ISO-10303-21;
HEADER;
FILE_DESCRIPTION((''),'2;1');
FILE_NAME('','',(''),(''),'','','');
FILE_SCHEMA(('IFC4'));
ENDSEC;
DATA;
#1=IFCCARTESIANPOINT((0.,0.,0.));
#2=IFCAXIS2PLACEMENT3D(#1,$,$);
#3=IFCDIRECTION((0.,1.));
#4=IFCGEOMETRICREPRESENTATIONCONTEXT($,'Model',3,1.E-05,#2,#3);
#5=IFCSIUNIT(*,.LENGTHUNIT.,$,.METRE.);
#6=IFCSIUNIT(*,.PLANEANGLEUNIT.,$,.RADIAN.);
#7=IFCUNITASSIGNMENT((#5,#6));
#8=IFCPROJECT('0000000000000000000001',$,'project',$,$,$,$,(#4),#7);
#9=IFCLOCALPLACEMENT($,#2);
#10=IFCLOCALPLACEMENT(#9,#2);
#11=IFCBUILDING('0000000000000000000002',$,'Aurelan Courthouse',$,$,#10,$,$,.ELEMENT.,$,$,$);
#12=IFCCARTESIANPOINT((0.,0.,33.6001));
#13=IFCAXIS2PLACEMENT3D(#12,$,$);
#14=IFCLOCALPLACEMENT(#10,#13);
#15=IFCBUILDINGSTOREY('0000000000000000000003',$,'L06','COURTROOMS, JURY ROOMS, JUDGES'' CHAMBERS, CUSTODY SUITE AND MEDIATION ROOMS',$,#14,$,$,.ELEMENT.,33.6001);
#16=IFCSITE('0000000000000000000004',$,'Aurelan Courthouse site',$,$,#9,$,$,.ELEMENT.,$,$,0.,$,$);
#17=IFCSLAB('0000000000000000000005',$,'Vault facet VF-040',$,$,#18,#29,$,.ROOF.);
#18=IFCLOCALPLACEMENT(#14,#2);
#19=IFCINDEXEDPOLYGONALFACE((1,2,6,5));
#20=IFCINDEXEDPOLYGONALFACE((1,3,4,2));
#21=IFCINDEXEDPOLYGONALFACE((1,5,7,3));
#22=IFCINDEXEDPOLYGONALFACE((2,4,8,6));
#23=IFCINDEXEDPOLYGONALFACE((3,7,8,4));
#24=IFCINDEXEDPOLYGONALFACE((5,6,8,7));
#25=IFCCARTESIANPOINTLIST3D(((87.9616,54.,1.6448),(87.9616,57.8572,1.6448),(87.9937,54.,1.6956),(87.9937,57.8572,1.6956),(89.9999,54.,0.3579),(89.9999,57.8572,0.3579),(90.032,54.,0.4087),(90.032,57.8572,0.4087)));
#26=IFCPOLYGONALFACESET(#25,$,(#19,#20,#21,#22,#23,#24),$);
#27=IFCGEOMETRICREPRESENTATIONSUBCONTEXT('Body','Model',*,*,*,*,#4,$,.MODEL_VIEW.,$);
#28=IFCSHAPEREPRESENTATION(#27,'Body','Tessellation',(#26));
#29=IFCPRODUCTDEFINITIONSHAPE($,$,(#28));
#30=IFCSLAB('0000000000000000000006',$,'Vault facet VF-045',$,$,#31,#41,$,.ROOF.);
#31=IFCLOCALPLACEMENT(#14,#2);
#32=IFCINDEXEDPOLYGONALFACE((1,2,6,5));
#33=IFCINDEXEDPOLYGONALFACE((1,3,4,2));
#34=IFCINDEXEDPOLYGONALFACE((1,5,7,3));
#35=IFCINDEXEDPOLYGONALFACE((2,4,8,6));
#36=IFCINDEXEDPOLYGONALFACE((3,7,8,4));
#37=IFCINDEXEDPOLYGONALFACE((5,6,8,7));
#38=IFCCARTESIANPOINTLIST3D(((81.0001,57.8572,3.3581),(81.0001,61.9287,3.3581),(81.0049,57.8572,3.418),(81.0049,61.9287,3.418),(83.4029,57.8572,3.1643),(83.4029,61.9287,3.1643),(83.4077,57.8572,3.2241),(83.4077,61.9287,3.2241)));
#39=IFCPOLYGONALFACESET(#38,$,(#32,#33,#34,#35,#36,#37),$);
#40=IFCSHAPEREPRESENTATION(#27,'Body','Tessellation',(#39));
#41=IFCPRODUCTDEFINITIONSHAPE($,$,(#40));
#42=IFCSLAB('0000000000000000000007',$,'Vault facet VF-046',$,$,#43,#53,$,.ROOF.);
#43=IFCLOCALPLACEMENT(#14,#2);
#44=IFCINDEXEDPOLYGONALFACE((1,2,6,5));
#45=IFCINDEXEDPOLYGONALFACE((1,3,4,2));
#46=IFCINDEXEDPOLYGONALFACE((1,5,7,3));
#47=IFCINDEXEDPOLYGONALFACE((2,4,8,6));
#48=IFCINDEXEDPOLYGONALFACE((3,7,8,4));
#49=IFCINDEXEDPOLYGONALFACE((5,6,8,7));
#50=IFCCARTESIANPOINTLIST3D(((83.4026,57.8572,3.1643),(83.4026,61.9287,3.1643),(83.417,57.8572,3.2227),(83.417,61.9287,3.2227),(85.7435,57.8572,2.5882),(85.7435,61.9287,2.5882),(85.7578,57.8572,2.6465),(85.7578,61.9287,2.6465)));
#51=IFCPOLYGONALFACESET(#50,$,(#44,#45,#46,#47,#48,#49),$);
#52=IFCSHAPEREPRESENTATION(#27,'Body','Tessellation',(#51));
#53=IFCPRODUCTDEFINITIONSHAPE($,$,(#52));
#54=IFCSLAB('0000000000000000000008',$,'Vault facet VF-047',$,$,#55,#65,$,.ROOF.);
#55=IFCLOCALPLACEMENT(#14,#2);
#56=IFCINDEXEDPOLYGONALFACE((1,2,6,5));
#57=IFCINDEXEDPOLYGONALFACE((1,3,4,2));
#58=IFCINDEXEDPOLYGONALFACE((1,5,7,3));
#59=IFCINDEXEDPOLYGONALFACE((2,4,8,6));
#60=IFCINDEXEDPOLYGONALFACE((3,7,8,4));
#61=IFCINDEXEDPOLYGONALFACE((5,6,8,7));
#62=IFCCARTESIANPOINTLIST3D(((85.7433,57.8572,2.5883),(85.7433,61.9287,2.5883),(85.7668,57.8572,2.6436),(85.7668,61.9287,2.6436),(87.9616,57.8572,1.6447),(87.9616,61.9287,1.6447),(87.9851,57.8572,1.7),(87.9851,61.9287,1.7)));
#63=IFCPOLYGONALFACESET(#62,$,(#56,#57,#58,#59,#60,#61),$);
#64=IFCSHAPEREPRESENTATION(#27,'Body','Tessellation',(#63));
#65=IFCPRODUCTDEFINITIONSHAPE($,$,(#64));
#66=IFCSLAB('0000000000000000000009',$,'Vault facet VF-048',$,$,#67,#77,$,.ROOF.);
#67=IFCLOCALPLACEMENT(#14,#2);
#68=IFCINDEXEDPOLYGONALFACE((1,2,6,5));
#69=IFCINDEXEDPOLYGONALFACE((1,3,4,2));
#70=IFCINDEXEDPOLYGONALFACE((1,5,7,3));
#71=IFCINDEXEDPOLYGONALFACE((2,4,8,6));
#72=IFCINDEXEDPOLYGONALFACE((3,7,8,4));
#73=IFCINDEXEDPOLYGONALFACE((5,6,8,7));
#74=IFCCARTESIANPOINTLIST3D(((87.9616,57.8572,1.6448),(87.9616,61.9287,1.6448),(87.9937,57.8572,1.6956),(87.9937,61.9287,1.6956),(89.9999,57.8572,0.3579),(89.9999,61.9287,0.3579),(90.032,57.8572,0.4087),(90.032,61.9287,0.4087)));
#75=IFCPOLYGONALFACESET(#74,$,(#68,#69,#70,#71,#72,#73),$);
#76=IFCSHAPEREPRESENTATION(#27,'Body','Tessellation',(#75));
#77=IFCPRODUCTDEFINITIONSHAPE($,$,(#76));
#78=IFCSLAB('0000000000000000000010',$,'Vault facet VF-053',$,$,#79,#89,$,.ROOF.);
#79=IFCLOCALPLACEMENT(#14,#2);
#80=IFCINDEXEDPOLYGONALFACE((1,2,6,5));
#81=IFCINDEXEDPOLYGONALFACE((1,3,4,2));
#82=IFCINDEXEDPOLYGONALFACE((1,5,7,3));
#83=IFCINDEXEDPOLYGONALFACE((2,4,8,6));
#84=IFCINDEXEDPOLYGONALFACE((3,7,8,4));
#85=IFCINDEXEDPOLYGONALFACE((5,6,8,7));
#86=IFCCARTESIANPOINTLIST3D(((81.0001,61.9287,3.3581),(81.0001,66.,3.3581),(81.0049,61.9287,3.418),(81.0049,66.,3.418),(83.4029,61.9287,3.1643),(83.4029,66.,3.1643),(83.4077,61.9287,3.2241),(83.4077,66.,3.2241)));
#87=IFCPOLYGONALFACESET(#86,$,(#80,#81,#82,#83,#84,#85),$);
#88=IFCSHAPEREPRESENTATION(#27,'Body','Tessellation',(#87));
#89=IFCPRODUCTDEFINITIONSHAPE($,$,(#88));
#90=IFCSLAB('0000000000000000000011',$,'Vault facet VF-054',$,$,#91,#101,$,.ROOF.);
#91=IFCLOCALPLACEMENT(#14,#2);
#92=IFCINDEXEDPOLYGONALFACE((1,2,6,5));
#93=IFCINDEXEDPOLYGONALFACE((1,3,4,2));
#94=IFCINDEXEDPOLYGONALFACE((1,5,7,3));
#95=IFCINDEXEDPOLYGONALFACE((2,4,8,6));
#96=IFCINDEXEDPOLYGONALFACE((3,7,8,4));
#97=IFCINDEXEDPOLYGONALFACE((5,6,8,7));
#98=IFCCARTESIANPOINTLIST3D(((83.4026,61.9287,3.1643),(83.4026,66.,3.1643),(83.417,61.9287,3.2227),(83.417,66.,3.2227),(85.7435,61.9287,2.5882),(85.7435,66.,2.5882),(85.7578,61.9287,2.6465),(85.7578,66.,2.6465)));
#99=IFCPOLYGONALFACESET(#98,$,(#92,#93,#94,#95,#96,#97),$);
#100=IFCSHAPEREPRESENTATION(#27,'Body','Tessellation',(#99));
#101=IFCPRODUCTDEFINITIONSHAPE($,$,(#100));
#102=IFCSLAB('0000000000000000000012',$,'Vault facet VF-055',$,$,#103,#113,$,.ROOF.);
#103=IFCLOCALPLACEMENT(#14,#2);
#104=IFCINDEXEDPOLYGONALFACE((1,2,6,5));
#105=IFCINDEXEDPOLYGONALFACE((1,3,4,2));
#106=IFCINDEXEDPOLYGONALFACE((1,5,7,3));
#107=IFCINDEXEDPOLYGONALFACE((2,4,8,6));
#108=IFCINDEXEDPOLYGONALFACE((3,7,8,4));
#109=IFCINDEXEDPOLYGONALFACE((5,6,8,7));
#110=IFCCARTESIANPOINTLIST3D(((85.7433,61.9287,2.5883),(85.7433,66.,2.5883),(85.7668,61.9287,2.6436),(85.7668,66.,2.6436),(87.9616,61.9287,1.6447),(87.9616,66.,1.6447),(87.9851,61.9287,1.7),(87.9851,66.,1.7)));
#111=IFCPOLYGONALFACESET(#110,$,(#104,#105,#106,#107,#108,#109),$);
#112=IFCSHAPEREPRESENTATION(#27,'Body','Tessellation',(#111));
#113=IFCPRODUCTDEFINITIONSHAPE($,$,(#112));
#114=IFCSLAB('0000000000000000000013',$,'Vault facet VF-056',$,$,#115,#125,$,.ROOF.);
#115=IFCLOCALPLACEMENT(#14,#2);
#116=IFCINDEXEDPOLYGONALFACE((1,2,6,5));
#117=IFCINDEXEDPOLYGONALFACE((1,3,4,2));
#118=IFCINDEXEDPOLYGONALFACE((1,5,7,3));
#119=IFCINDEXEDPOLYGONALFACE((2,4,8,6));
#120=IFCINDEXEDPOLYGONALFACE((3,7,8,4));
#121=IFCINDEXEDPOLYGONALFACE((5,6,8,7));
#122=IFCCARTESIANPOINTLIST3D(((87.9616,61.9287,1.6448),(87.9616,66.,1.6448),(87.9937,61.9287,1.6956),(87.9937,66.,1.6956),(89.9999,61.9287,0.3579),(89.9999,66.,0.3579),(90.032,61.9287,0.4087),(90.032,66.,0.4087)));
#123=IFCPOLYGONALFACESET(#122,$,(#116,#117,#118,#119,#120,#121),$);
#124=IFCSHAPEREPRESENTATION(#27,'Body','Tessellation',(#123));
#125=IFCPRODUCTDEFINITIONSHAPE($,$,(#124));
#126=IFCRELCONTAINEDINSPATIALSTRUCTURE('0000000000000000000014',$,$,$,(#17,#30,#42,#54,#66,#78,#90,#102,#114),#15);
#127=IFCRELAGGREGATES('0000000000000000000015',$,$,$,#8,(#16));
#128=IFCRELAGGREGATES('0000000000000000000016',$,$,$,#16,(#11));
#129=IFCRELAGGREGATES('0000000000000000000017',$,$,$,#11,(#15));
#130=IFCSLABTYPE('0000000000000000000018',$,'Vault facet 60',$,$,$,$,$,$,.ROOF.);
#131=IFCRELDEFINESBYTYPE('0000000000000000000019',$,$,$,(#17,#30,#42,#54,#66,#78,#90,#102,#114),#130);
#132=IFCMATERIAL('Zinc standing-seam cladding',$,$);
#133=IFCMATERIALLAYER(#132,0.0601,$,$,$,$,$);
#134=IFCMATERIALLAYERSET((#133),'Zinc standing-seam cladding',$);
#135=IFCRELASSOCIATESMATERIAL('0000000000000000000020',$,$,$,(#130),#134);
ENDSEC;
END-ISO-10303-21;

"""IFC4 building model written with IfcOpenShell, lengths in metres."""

from ifc_helpers import new_model, si_unit, direction, frame, origin, place, context, subcontext, project, spatial, polyline, outline, extrude, material, layer, layer_set, type_object, element, save


model = new_model("IFC4")

# Units and contexts
model_context = context("Model", 3, precision=1e-05, world=origin(), true_north=direction((0.0, 1.0)))
body_context = subcontext(model_context, "Body", "Model", "MODEL_VIEW")
ifc_project = project(units=[si_unit("LENGTHUNIT", "METRE"), si_unit("PLANEANGLEUNIT", "RADIAN")], contexts=[model_context])

# Site, building, storey
site_placement = place(None, origin())
site = spatial("IfcSite", under=ifc_project, at=site_placement, Name="Aurelan Courthouse site", CompositionType="ELEMENT", RefElevation=0.0)
building_placement = place(site_placement, origin())
building = spatial("IfcBuilding", under=site, at=building_placement, Name="Aurelan Courthouse", CompositionType="ELEMENT")
storey_placement = place(building_placement, frame((0.0, 0.0, 33.6001)))
storey = spatial("IfcBuildingStorey", under=building, at=storey_placement, Name="L06", Description="COURTROOMS, JURY ROOMS, JUDGES' CHAMBERS, CUSTODY SUITE AND MEDIATION ROOMS", CompositionType="ELEMENT", Elevation=33.6001)

# Slabs
ifc_material = material(Name="Zinc standing-seam cladding")
ifc_layer = layer(ifc_material, 0.0601)
ifc_layer_set = layer_set([ifc_layer], Name="Zinc standing-seam cladding")
slab_type = type_object("IfcSlabType", Name="Vault facet 60", PredefinedType="ROOF", material=ifc_layer_set)
slab_1_placement = place(storey_placement, frame((87.9937, 54.0, 1.6956), z_axis=(0.533844, 0.0, 0.845583), x_axis=(0.845583, 0.0, -0.533844)))
element("IfcSlab", 1, at=slab_1_placement, inside=storey, type_object=slab_type, Name="Vault facet VF-040", PredefinedType="ROOF", context=body_context, shape_type="SweptSolid", body=[
    extrude(outline(polyline([(0.0, 0.0), (2.4106, 0.0), (2.4106, 3.8572), (0.0, 3.8572), (0.0, 0.0)])), origin(), (0.0, 0.0, -1.0), 0.0601),
])
slab_2_placement = place(storey_placement, frame((81.0049, 57.8572, 3.418), z_axis=(0.080413, 0.0, 0.996762), x_axis=(0.996762, 0.0, -0.080413)))
element("IfcSlab", 2, at=slab_2_placement, inside=storey, type_object=slab_type, Name="Vault facet VF-045", PredefinedType="ROOF", context=body_context, shape_type="SweptSolid", body=[
    extrude(outline(polyline([(0.0, 0.0), (2.4106, 0.0), (2.4106, 4.0715), (0.0, 4.0715), (0.0, 0.0)])), origin(), (0.0, 0.0, -1.0), 0.0601),
])
slab_3_placement = place(storey_placement, frame((83.417, 57.8572, 3.2227), z_axis=(0.239007, 0.0, 0.971018), x_axis=(0.971018, 0.0, -0.239007)))
element("IfcSlab", 3, at=slab_3_placement, inside=storey, type_object=slab_type, Name="Vault facet VF-046", PredefinedType="ROOF", context=body_context, shape_type="SweptSolid", body=[
    extrude(outline(polyline([(0.0, 0.0), (2.4107, 0.0), (2.4107, 4.0715), (0.0, 4.0715), (0.0, 0.0)])), origin(), (0.0, 0.0, -1.0), 0.0601),
])
slab_4_placement = place(storey_placement, frame((85.7668, 57.8572, 2.6436), z_axis=(0.391437, 0.0, 0.920205), x_axis=(0.920205, 0.0, -0.391437)))
element("IfcSlab", 4, at=slab_4_placement, inside=storey, type_object=slab_type, Name="Vault facet VF-047", PredefinedType="ROOF", context=body_context, shape_type="SweptSolid", body=[
    extrude(outline(polyline([(0.0, 0.0), (2.4106, 0.0), (2.4106, 4.0715), (0.0, 4.0715), (0.0, 0.0)])), origin(), (0.0, 0.0, -1.0), 0.0601),
])
slab_5_placement = place(storey_placement, frame((87.9937, 57.8572, 1.6956), z_axis=(0.533844, 0.0, 0.845583), x_axis=(0.845583, 0.0, -0.533844)))
element("IfcSlab", 5, at=slab_5_placement, inside=storey, type_object=slab_type, Name="Vault facet VF-048", PredefinedType="ROOF", context=body_context, shape_type="SweptSolid", body=[
    extrude(outline(polyline([(0.0, 0.0), (2.4106, 0.0), (2.4106, 4.0715), (0.0, 4.0715), (0.0, 0.0)])), origin(), (0.0, 0.0, -1.0), 0.0601),
])
slab_6_placement = place(storey_placement, frame((81.0049, 61.9287, 3.418), z_axis=(0.080413, 0.0, 0.996762), x_axis=(0.996762, 0.0, -0.080413)))
element("IfcSlab", 6, at=slab_6_placement, inside=storey, type_object=slab_type, Name="Vault facet VF-053", PredefinedType="ROOF", context=body_context, shape_type="SweptSolid", body=[
    extrude(outline(polyline([(0.0, 0.0), (2.4106, 0.0), (2.4106, 4.0713), (0.0, 4.0713), (0.0, 0.0)])), origin(), (0.0, 0.0, -1.0), 0.0601),
])
slab_7_placement = place(storey_placement, frame((83.417, 61.9287, 3.2227), z_axis=(0.239007, 0.0, 0.971018), x_axis=(0.971018, 0.0, -0.239007)))
element("IfcSlab", 7, at=slab_7_placement, inside=storey, type_object=slab_type, Name="Vault facet VF-054", PredefinedType="ROOF", context=body_context, shape_type="SweptSolid", body=[
    extrude(outline(polyline([(0.0, 0.0), (2.4107, 0.0), (2.4107, 4.0713), (0.0, 4.0713), (0.0, 0.0)])), origin(), (0.0, 0.0, -1.0), 0.0601),
])
slab_8_placement = place(storey_placement, frame((85.7668, 61.9287, 2.6436), z_axis=(0.391437, 0.0, 0.920205), x_axis=(0.920205, 0.0, -0.391437)))
element("IfcSlab", 8, at=slab_8_placement, inside=storey, type_object=slab_type, Name="Vault facet VF-055", PredefinedType="ROOF", context=body_context, shape_type="SweptSolid", body=[
    extrude(outline(polyline([(0.0, 0.0), (2.4106, 0.0), (2.4106, 4.0713), (0.0, 4.0713), (0.0, 0.0)])), origin(), (0.0, 0.0, -1.0), 0.0601),
])
slab_9_placement = place(storey_placement, frame((87.9937, 61.9287, 1.6956), z_axis=(0.533844, 0.0, 0.845583), x_axis=(0.845583, 0.0, -0.533844)))
element("IfcSlab", 9, at=slab_9_placement, inside=storey, type_object=slab_type, Name="Vault facet VF-056", PredefinedType="ROOF", context=body_context, shape_type="SweptSolid", body=[
    extrude(outline(polyline([(0.0, 0.0), (2.4106, 0.0), (2.4106, 4.0713), (0.0, 4.0713), (0.0, 0.0)])), origin(), (0.0, 0.0, -1.0), 0.0601),
])

save(model, "model.ifc")
